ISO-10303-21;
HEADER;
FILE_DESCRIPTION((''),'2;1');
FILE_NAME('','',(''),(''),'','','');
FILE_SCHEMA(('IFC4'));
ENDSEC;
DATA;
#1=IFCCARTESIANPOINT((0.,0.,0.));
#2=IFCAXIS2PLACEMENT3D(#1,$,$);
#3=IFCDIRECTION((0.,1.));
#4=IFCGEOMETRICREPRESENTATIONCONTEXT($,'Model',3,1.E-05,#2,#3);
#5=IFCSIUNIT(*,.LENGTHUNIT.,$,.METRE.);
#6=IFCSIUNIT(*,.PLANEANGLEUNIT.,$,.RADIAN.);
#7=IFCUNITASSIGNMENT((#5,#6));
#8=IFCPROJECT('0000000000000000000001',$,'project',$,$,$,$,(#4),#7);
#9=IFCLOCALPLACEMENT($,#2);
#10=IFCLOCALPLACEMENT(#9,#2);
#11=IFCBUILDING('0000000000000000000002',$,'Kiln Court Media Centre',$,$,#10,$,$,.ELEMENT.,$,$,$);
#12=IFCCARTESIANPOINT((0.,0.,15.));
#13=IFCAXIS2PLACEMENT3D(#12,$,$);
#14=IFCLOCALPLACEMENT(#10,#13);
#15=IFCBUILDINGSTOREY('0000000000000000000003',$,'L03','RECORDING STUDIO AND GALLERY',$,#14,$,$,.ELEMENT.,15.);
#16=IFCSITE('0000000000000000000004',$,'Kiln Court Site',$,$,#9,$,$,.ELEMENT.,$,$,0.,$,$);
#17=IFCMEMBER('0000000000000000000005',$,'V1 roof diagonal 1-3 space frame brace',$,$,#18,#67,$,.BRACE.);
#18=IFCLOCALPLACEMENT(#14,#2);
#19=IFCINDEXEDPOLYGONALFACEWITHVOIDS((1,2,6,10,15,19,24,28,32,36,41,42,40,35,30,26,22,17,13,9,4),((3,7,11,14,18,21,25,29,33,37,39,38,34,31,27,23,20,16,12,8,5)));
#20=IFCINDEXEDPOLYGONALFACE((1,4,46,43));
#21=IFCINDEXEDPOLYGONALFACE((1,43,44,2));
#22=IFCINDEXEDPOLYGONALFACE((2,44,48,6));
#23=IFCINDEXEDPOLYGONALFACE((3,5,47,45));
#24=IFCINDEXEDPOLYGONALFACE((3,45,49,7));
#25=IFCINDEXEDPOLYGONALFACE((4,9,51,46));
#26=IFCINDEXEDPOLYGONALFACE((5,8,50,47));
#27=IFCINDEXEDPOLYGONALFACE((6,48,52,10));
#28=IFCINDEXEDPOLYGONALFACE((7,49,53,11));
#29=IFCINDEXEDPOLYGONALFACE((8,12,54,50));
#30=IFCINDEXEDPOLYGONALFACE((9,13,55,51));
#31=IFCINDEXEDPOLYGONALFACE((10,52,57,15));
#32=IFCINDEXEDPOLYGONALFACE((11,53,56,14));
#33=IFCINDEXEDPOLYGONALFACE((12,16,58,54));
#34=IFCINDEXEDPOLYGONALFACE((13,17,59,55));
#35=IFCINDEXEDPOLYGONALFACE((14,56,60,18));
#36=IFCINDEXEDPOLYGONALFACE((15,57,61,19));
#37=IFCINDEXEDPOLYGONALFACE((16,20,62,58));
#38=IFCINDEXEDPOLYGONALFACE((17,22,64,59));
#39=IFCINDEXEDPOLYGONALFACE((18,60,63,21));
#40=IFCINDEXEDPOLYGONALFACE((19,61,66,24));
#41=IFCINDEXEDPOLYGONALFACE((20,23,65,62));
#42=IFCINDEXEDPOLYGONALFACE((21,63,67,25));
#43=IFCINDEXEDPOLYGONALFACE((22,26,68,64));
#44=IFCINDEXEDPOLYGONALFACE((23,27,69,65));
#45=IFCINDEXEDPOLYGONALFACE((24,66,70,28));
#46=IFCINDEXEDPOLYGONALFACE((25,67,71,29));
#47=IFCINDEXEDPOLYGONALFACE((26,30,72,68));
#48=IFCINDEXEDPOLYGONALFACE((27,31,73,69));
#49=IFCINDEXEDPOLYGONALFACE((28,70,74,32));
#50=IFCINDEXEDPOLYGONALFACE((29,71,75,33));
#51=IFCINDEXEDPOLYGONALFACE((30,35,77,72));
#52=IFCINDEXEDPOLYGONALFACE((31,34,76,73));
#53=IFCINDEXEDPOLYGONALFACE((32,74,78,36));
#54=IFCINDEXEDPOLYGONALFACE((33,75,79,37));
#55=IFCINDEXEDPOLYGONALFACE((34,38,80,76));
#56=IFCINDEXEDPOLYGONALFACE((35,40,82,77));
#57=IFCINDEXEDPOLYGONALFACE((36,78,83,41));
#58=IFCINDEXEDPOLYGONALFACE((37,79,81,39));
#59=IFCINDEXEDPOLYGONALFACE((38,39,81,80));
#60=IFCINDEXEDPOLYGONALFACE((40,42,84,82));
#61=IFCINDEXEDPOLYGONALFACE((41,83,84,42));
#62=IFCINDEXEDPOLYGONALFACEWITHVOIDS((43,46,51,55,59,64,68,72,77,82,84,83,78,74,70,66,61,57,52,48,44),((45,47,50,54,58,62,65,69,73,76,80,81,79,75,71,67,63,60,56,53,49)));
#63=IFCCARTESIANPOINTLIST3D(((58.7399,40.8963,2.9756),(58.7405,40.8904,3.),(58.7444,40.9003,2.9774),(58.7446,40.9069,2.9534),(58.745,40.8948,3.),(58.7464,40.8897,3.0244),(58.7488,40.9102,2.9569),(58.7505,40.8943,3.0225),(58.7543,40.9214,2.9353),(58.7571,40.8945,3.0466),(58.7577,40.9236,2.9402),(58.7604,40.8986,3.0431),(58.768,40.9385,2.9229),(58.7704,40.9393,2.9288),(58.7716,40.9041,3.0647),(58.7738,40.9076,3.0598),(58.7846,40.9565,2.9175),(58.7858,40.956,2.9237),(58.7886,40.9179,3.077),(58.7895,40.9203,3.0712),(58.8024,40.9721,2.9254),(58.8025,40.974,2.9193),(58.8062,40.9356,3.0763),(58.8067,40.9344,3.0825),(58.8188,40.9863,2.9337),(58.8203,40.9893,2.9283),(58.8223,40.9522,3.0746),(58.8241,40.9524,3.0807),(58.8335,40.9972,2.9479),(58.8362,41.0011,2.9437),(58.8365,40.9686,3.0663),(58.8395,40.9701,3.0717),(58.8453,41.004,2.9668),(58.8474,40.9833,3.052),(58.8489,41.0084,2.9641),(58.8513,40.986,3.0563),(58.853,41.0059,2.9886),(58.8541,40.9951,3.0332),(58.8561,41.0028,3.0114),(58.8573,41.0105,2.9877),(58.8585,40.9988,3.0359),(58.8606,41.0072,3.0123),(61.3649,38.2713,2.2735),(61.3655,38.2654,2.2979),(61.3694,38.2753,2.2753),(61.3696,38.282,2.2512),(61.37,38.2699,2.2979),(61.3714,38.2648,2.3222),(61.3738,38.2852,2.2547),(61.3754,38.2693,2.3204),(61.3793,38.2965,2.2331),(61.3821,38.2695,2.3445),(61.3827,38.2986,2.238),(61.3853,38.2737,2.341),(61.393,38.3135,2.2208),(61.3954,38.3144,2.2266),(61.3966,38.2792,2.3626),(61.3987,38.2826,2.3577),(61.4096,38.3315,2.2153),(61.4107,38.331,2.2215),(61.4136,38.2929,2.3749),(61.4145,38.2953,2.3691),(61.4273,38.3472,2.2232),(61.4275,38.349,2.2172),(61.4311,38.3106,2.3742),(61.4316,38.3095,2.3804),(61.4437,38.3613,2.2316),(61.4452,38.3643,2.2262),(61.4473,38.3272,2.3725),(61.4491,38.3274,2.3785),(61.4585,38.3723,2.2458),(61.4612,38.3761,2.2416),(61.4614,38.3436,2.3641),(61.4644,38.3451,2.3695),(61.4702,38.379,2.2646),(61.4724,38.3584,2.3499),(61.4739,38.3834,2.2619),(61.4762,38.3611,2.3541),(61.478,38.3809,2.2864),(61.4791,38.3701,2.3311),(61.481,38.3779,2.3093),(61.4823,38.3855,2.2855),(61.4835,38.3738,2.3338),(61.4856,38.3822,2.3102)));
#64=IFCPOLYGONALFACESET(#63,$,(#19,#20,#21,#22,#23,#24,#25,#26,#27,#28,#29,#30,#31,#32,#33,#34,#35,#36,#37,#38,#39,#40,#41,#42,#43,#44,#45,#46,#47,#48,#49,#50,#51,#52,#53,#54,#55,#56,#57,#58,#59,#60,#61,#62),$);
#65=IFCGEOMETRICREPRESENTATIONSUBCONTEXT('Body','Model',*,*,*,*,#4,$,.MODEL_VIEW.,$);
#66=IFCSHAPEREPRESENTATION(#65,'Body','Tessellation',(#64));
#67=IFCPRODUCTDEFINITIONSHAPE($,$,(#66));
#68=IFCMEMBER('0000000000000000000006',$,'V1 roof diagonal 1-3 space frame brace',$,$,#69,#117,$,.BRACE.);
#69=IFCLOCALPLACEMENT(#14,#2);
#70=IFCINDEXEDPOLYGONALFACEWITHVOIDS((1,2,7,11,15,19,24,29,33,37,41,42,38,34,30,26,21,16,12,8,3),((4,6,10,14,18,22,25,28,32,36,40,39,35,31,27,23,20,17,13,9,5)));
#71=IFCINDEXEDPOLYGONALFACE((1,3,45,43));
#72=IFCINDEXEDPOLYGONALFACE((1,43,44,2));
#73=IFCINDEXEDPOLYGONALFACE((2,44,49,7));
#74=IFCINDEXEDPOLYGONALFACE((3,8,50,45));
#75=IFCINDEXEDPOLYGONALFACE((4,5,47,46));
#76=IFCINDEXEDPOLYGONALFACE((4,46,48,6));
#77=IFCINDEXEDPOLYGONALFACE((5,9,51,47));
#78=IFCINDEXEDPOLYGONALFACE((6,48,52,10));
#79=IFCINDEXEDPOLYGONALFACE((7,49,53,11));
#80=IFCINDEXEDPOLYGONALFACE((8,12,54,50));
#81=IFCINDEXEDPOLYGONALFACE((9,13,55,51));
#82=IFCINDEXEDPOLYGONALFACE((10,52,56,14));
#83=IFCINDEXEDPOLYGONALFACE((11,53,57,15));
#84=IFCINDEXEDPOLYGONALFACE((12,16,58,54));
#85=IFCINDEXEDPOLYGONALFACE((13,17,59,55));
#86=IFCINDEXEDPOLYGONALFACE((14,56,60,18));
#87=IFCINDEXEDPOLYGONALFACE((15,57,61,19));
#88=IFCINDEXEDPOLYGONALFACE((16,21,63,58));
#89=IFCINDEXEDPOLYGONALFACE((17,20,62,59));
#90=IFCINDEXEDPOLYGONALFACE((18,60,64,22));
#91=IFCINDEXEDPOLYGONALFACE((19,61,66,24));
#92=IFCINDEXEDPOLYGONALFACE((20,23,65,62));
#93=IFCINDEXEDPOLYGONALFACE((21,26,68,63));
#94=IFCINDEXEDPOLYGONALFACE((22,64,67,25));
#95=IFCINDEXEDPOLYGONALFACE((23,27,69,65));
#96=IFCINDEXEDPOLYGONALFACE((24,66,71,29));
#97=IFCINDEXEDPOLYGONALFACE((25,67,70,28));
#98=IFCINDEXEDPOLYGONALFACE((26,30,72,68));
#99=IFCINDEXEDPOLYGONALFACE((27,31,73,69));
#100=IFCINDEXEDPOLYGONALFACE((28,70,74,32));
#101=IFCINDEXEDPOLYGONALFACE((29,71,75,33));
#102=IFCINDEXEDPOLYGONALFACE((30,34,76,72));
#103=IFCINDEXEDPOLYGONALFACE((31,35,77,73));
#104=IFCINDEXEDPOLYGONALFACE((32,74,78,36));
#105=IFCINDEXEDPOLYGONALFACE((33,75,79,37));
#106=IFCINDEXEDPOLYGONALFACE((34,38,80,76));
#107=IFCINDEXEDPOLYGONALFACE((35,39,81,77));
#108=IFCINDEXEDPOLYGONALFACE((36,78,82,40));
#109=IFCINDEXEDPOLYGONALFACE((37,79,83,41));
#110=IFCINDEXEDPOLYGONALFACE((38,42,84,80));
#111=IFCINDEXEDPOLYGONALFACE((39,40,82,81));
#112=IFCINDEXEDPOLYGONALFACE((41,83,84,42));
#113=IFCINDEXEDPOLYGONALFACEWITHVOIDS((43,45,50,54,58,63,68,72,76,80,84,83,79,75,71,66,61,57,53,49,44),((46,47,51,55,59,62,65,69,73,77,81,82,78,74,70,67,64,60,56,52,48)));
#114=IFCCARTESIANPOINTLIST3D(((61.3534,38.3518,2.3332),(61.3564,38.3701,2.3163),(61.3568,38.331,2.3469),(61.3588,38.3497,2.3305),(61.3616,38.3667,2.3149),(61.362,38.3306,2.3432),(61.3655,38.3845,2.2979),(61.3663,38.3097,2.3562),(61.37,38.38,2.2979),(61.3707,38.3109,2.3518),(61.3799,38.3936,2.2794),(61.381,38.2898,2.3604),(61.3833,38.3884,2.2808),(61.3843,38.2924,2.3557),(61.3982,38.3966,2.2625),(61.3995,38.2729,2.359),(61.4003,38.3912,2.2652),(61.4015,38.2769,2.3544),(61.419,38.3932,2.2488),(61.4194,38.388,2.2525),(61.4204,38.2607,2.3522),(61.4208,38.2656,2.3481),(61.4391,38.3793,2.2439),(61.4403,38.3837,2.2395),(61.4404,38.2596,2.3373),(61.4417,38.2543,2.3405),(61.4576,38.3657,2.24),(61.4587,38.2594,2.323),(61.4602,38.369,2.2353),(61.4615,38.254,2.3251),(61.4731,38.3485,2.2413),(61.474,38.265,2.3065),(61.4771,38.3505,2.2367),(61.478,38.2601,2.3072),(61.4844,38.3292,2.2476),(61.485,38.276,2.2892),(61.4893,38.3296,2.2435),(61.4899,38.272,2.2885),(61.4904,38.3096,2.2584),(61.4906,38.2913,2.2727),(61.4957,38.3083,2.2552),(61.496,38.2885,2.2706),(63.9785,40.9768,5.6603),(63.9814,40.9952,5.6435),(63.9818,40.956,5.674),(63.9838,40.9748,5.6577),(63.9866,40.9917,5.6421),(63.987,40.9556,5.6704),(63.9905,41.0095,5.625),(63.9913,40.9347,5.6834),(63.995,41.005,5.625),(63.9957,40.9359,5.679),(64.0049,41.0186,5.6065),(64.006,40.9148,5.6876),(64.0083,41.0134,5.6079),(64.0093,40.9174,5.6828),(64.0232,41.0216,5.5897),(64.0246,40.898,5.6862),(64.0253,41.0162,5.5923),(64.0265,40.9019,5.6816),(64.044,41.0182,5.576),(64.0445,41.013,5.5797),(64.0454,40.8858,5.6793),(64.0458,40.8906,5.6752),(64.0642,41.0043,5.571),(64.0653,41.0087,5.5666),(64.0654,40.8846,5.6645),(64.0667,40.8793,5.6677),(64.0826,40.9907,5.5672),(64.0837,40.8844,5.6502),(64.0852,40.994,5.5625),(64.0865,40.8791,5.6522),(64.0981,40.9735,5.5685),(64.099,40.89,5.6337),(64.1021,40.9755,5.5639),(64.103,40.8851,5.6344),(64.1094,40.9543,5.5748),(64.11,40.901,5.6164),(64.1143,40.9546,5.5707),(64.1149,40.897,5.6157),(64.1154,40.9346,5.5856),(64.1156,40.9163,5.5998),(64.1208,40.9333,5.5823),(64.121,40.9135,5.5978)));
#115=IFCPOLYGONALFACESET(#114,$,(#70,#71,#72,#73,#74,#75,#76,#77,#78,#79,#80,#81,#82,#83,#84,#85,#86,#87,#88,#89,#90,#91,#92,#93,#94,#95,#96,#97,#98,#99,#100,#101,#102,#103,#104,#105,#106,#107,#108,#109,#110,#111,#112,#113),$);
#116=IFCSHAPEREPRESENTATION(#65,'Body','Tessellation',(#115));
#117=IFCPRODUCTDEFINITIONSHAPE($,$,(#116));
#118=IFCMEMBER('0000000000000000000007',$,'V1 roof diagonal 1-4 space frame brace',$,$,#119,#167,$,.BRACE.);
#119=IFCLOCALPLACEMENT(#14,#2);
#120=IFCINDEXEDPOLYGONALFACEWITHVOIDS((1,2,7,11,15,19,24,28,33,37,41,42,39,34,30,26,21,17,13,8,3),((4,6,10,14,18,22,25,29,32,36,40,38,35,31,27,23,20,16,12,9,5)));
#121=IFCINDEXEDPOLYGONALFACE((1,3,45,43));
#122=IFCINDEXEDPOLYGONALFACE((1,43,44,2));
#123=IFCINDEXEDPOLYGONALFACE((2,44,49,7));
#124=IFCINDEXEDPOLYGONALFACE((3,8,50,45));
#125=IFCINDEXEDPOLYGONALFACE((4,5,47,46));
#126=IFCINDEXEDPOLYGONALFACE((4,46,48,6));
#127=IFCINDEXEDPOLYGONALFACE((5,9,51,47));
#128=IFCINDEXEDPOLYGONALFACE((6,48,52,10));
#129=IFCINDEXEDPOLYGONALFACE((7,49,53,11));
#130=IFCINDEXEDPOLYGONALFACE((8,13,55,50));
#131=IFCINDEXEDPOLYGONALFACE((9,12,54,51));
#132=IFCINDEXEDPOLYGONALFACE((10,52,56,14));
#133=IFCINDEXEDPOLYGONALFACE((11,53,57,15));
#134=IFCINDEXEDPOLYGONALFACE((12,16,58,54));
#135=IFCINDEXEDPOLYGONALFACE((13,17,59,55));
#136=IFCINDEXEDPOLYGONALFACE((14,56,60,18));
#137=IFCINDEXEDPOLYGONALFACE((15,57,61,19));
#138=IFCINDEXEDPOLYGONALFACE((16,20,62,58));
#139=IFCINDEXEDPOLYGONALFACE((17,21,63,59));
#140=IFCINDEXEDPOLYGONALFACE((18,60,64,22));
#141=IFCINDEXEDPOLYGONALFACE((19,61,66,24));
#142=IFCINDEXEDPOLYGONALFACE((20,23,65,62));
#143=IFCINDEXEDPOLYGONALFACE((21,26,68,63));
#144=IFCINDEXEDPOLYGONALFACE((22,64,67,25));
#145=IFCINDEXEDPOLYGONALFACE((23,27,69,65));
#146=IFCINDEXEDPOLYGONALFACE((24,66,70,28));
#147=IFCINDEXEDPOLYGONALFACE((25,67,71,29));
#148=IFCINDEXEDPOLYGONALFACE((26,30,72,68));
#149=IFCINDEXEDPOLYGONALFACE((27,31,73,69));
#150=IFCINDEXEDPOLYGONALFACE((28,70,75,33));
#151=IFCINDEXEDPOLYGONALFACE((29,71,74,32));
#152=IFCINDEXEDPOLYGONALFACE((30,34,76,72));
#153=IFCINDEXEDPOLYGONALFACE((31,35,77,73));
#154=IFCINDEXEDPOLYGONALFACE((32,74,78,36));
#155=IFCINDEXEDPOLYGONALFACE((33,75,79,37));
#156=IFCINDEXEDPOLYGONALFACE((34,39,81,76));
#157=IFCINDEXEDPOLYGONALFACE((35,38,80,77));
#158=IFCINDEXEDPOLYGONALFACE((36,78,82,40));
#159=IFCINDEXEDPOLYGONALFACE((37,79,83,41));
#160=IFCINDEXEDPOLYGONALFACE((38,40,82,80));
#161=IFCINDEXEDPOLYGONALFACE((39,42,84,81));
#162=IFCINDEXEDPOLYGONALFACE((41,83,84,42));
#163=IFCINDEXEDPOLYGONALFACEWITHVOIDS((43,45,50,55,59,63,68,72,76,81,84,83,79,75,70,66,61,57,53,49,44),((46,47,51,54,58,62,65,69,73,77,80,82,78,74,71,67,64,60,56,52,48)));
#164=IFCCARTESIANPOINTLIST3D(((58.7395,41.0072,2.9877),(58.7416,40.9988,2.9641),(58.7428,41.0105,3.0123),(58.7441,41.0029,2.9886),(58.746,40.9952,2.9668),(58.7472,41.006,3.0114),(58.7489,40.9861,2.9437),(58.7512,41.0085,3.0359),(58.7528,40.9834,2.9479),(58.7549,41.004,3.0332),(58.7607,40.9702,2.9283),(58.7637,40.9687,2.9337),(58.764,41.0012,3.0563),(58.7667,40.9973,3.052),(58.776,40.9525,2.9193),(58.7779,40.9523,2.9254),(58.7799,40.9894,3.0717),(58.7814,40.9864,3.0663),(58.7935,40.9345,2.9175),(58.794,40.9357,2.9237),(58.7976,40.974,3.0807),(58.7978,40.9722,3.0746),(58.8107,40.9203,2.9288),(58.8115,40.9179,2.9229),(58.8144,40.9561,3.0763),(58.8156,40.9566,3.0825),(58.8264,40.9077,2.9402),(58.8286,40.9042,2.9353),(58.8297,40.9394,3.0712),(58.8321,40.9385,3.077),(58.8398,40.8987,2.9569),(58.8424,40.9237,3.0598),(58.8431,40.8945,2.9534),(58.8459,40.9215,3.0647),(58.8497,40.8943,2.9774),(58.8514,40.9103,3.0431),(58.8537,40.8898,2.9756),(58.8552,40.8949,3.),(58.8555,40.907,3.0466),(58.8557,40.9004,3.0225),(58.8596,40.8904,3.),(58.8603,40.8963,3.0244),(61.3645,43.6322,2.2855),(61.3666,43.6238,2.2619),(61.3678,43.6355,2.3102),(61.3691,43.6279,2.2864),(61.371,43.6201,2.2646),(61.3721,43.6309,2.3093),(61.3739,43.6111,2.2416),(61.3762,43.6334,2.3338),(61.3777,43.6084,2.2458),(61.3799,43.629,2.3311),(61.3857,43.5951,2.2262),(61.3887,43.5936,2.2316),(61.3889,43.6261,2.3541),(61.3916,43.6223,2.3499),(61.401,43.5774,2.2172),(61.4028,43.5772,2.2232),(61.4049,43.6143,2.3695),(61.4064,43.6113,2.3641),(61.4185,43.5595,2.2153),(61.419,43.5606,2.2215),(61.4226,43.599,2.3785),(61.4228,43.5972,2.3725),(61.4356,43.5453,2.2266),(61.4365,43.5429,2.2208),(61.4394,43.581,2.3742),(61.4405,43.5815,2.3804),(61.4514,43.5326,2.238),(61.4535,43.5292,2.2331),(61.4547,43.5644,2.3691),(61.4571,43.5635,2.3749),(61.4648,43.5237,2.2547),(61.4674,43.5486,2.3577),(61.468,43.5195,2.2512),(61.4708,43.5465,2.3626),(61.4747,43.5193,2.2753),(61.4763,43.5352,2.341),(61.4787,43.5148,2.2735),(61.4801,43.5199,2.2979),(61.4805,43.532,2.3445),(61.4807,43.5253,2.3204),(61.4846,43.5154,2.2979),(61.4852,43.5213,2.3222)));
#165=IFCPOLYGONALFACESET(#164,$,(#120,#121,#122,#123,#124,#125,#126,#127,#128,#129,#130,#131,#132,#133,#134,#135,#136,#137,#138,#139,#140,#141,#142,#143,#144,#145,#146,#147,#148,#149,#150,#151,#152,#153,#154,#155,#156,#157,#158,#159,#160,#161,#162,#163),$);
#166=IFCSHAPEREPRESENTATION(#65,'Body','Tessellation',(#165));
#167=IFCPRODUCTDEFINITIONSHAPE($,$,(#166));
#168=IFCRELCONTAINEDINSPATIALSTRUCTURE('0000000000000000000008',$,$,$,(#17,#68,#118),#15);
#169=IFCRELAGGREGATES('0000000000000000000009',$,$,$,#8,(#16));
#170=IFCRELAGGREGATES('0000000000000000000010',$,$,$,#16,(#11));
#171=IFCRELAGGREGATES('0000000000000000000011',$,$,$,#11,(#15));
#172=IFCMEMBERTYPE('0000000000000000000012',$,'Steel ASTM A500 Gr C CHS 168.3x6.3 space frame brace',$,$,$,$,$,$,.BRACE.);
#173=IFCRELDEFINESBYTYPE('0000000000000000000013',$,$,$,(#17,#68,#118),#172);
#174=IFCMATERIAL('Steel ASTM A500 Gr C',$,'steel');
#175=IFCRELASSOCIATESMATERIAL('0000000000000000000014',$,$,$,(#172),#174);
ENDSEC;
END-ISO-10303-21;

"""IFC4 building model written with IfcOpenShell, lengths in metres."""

from ifc_helpers import new_model, si_unit, direction, frame, origin, origin_2d, place, context, subcontext, project, spatial, hollow_circle, extrude, material, material_profile, profile_set, type_object, element, save


model = new_model("IFC4")

# Units and contexts
model_context = context("Model", 3, precision=1e-05, world=origin(), true_north=direction((0.0, 1.0)))
body_context = subcontext(model_context, "Body", "Model", "MODEL_VIEW")
ifc_project = project(units=[si_unit("LENGTHUNIT", "METRE"), si_unit("PLANEANGLEUNIT", "RADIAN")], contexts=[model_context])

# Site, building, storey
site_placement = place(None, origin())
site = spatial("IfcSite", under=ifc_project, at=site_placement, Name="Kiln Court Site", CompositionType="ELEMENT", RefElevation=0.0)
building_placement = place(site_placement, origin())
building = spatial("IfcBuilding", under=site, at=building_placement, Name="Kiln Court Media Centre", CompositionType="ELEMENT")
storey_placement = place(building_placement, frame((0.0, 0.0, 15.0)))
storey = spatial("IfcBuildingStorey", under=building, at=storey_placement, Name="L03", Description="RECORDING STUDIO AND GALLERY", CompositionType="ELEMENT", Elevation=15.0)

# Members
ifc_material_1 = material(Name="Steel ASTM A500 Gr C", Category="steel")
ifc_material_profile_1 = material_profile(ifc_material_1, hollow_circle(Radius=0.0842, WallThickness=0.0063, at=origin_2d()), Name="CHS 168.3x6.3")
ifc_profile_set_1 = profile_set([ifc_material_profile_1], Name="Steel ASTM A500 Gr C")
member_type_1 = type_object("IfcMemberType", Name="Steel ASTM A500 Gr C CHS 168.3x6.3 space frame brace", PredefinedType="BRACE", material=ifc_profile_set_1)
member_1_placement = place(storey_placement, frame((61.425, 38.325, 2.2979), z_axis=(-0.694788, 0.694788, 0.185846), x_axis=(-0.707107, -0.707107, 0.0)))
element("IfcMember", 1, at=member_1_placement, inside=storey, type_object=member_type_1, Name="V1 roof diagonal 1-3 space frame brace", PredefinedType="BRACE", context=body_context, shape_type="SweptSolid", body=[
    extrude(hollow_circle(Radius=0.0842, WallThickness=0.0063, at=origin_2d()), origin(), (0.0, 0.0, 1.0), 3.7781),
])
member_2_placement = place(storey_placement, frame((61.425, 38.325, 2.2979), z_axis=(0.52657, 0.52657, 0.667419), x_axis=(-0.707107, 0.707107, 0.0)))
element("IfcMember", 2, at=member_2_placement, inside=storey, type_object=member_type_1, Name="V1 roof diagonal 1-3 space frame brace", PredefinedType="BRACE", context=body_context, shape_type="SweptSolid", body=[
    extrude(hollow_circle(Radius=0.0842, WallThickness=0.0063, at=origin_2d()), origin(), (0.0, 0.0, 1.0), 4.9851),
])
member_3_placement = place(storey_placement, frame((61.425, 43.575, 2.2979), z_axis=(-0.694788, -0.694788, 0.185846), x_axis=(0.707107, -0.707107, 0.0)))
element("IfcMember", 3, at=member_3_placement, inside=storey, type_object=member_type_1, Name="V1 roof diagonal 1-4 space frame brace", PredefinedType="BRACE", context=body_context, shape_type="SweptSolid", body=[
    extrude(hollow_circle(Radius=0.0842, WallThickness=0.0063, at=origin_2d()), origin(), (0.0, 0.0, 1.0), 3.7781),
])

save(model, "model.ifc")
